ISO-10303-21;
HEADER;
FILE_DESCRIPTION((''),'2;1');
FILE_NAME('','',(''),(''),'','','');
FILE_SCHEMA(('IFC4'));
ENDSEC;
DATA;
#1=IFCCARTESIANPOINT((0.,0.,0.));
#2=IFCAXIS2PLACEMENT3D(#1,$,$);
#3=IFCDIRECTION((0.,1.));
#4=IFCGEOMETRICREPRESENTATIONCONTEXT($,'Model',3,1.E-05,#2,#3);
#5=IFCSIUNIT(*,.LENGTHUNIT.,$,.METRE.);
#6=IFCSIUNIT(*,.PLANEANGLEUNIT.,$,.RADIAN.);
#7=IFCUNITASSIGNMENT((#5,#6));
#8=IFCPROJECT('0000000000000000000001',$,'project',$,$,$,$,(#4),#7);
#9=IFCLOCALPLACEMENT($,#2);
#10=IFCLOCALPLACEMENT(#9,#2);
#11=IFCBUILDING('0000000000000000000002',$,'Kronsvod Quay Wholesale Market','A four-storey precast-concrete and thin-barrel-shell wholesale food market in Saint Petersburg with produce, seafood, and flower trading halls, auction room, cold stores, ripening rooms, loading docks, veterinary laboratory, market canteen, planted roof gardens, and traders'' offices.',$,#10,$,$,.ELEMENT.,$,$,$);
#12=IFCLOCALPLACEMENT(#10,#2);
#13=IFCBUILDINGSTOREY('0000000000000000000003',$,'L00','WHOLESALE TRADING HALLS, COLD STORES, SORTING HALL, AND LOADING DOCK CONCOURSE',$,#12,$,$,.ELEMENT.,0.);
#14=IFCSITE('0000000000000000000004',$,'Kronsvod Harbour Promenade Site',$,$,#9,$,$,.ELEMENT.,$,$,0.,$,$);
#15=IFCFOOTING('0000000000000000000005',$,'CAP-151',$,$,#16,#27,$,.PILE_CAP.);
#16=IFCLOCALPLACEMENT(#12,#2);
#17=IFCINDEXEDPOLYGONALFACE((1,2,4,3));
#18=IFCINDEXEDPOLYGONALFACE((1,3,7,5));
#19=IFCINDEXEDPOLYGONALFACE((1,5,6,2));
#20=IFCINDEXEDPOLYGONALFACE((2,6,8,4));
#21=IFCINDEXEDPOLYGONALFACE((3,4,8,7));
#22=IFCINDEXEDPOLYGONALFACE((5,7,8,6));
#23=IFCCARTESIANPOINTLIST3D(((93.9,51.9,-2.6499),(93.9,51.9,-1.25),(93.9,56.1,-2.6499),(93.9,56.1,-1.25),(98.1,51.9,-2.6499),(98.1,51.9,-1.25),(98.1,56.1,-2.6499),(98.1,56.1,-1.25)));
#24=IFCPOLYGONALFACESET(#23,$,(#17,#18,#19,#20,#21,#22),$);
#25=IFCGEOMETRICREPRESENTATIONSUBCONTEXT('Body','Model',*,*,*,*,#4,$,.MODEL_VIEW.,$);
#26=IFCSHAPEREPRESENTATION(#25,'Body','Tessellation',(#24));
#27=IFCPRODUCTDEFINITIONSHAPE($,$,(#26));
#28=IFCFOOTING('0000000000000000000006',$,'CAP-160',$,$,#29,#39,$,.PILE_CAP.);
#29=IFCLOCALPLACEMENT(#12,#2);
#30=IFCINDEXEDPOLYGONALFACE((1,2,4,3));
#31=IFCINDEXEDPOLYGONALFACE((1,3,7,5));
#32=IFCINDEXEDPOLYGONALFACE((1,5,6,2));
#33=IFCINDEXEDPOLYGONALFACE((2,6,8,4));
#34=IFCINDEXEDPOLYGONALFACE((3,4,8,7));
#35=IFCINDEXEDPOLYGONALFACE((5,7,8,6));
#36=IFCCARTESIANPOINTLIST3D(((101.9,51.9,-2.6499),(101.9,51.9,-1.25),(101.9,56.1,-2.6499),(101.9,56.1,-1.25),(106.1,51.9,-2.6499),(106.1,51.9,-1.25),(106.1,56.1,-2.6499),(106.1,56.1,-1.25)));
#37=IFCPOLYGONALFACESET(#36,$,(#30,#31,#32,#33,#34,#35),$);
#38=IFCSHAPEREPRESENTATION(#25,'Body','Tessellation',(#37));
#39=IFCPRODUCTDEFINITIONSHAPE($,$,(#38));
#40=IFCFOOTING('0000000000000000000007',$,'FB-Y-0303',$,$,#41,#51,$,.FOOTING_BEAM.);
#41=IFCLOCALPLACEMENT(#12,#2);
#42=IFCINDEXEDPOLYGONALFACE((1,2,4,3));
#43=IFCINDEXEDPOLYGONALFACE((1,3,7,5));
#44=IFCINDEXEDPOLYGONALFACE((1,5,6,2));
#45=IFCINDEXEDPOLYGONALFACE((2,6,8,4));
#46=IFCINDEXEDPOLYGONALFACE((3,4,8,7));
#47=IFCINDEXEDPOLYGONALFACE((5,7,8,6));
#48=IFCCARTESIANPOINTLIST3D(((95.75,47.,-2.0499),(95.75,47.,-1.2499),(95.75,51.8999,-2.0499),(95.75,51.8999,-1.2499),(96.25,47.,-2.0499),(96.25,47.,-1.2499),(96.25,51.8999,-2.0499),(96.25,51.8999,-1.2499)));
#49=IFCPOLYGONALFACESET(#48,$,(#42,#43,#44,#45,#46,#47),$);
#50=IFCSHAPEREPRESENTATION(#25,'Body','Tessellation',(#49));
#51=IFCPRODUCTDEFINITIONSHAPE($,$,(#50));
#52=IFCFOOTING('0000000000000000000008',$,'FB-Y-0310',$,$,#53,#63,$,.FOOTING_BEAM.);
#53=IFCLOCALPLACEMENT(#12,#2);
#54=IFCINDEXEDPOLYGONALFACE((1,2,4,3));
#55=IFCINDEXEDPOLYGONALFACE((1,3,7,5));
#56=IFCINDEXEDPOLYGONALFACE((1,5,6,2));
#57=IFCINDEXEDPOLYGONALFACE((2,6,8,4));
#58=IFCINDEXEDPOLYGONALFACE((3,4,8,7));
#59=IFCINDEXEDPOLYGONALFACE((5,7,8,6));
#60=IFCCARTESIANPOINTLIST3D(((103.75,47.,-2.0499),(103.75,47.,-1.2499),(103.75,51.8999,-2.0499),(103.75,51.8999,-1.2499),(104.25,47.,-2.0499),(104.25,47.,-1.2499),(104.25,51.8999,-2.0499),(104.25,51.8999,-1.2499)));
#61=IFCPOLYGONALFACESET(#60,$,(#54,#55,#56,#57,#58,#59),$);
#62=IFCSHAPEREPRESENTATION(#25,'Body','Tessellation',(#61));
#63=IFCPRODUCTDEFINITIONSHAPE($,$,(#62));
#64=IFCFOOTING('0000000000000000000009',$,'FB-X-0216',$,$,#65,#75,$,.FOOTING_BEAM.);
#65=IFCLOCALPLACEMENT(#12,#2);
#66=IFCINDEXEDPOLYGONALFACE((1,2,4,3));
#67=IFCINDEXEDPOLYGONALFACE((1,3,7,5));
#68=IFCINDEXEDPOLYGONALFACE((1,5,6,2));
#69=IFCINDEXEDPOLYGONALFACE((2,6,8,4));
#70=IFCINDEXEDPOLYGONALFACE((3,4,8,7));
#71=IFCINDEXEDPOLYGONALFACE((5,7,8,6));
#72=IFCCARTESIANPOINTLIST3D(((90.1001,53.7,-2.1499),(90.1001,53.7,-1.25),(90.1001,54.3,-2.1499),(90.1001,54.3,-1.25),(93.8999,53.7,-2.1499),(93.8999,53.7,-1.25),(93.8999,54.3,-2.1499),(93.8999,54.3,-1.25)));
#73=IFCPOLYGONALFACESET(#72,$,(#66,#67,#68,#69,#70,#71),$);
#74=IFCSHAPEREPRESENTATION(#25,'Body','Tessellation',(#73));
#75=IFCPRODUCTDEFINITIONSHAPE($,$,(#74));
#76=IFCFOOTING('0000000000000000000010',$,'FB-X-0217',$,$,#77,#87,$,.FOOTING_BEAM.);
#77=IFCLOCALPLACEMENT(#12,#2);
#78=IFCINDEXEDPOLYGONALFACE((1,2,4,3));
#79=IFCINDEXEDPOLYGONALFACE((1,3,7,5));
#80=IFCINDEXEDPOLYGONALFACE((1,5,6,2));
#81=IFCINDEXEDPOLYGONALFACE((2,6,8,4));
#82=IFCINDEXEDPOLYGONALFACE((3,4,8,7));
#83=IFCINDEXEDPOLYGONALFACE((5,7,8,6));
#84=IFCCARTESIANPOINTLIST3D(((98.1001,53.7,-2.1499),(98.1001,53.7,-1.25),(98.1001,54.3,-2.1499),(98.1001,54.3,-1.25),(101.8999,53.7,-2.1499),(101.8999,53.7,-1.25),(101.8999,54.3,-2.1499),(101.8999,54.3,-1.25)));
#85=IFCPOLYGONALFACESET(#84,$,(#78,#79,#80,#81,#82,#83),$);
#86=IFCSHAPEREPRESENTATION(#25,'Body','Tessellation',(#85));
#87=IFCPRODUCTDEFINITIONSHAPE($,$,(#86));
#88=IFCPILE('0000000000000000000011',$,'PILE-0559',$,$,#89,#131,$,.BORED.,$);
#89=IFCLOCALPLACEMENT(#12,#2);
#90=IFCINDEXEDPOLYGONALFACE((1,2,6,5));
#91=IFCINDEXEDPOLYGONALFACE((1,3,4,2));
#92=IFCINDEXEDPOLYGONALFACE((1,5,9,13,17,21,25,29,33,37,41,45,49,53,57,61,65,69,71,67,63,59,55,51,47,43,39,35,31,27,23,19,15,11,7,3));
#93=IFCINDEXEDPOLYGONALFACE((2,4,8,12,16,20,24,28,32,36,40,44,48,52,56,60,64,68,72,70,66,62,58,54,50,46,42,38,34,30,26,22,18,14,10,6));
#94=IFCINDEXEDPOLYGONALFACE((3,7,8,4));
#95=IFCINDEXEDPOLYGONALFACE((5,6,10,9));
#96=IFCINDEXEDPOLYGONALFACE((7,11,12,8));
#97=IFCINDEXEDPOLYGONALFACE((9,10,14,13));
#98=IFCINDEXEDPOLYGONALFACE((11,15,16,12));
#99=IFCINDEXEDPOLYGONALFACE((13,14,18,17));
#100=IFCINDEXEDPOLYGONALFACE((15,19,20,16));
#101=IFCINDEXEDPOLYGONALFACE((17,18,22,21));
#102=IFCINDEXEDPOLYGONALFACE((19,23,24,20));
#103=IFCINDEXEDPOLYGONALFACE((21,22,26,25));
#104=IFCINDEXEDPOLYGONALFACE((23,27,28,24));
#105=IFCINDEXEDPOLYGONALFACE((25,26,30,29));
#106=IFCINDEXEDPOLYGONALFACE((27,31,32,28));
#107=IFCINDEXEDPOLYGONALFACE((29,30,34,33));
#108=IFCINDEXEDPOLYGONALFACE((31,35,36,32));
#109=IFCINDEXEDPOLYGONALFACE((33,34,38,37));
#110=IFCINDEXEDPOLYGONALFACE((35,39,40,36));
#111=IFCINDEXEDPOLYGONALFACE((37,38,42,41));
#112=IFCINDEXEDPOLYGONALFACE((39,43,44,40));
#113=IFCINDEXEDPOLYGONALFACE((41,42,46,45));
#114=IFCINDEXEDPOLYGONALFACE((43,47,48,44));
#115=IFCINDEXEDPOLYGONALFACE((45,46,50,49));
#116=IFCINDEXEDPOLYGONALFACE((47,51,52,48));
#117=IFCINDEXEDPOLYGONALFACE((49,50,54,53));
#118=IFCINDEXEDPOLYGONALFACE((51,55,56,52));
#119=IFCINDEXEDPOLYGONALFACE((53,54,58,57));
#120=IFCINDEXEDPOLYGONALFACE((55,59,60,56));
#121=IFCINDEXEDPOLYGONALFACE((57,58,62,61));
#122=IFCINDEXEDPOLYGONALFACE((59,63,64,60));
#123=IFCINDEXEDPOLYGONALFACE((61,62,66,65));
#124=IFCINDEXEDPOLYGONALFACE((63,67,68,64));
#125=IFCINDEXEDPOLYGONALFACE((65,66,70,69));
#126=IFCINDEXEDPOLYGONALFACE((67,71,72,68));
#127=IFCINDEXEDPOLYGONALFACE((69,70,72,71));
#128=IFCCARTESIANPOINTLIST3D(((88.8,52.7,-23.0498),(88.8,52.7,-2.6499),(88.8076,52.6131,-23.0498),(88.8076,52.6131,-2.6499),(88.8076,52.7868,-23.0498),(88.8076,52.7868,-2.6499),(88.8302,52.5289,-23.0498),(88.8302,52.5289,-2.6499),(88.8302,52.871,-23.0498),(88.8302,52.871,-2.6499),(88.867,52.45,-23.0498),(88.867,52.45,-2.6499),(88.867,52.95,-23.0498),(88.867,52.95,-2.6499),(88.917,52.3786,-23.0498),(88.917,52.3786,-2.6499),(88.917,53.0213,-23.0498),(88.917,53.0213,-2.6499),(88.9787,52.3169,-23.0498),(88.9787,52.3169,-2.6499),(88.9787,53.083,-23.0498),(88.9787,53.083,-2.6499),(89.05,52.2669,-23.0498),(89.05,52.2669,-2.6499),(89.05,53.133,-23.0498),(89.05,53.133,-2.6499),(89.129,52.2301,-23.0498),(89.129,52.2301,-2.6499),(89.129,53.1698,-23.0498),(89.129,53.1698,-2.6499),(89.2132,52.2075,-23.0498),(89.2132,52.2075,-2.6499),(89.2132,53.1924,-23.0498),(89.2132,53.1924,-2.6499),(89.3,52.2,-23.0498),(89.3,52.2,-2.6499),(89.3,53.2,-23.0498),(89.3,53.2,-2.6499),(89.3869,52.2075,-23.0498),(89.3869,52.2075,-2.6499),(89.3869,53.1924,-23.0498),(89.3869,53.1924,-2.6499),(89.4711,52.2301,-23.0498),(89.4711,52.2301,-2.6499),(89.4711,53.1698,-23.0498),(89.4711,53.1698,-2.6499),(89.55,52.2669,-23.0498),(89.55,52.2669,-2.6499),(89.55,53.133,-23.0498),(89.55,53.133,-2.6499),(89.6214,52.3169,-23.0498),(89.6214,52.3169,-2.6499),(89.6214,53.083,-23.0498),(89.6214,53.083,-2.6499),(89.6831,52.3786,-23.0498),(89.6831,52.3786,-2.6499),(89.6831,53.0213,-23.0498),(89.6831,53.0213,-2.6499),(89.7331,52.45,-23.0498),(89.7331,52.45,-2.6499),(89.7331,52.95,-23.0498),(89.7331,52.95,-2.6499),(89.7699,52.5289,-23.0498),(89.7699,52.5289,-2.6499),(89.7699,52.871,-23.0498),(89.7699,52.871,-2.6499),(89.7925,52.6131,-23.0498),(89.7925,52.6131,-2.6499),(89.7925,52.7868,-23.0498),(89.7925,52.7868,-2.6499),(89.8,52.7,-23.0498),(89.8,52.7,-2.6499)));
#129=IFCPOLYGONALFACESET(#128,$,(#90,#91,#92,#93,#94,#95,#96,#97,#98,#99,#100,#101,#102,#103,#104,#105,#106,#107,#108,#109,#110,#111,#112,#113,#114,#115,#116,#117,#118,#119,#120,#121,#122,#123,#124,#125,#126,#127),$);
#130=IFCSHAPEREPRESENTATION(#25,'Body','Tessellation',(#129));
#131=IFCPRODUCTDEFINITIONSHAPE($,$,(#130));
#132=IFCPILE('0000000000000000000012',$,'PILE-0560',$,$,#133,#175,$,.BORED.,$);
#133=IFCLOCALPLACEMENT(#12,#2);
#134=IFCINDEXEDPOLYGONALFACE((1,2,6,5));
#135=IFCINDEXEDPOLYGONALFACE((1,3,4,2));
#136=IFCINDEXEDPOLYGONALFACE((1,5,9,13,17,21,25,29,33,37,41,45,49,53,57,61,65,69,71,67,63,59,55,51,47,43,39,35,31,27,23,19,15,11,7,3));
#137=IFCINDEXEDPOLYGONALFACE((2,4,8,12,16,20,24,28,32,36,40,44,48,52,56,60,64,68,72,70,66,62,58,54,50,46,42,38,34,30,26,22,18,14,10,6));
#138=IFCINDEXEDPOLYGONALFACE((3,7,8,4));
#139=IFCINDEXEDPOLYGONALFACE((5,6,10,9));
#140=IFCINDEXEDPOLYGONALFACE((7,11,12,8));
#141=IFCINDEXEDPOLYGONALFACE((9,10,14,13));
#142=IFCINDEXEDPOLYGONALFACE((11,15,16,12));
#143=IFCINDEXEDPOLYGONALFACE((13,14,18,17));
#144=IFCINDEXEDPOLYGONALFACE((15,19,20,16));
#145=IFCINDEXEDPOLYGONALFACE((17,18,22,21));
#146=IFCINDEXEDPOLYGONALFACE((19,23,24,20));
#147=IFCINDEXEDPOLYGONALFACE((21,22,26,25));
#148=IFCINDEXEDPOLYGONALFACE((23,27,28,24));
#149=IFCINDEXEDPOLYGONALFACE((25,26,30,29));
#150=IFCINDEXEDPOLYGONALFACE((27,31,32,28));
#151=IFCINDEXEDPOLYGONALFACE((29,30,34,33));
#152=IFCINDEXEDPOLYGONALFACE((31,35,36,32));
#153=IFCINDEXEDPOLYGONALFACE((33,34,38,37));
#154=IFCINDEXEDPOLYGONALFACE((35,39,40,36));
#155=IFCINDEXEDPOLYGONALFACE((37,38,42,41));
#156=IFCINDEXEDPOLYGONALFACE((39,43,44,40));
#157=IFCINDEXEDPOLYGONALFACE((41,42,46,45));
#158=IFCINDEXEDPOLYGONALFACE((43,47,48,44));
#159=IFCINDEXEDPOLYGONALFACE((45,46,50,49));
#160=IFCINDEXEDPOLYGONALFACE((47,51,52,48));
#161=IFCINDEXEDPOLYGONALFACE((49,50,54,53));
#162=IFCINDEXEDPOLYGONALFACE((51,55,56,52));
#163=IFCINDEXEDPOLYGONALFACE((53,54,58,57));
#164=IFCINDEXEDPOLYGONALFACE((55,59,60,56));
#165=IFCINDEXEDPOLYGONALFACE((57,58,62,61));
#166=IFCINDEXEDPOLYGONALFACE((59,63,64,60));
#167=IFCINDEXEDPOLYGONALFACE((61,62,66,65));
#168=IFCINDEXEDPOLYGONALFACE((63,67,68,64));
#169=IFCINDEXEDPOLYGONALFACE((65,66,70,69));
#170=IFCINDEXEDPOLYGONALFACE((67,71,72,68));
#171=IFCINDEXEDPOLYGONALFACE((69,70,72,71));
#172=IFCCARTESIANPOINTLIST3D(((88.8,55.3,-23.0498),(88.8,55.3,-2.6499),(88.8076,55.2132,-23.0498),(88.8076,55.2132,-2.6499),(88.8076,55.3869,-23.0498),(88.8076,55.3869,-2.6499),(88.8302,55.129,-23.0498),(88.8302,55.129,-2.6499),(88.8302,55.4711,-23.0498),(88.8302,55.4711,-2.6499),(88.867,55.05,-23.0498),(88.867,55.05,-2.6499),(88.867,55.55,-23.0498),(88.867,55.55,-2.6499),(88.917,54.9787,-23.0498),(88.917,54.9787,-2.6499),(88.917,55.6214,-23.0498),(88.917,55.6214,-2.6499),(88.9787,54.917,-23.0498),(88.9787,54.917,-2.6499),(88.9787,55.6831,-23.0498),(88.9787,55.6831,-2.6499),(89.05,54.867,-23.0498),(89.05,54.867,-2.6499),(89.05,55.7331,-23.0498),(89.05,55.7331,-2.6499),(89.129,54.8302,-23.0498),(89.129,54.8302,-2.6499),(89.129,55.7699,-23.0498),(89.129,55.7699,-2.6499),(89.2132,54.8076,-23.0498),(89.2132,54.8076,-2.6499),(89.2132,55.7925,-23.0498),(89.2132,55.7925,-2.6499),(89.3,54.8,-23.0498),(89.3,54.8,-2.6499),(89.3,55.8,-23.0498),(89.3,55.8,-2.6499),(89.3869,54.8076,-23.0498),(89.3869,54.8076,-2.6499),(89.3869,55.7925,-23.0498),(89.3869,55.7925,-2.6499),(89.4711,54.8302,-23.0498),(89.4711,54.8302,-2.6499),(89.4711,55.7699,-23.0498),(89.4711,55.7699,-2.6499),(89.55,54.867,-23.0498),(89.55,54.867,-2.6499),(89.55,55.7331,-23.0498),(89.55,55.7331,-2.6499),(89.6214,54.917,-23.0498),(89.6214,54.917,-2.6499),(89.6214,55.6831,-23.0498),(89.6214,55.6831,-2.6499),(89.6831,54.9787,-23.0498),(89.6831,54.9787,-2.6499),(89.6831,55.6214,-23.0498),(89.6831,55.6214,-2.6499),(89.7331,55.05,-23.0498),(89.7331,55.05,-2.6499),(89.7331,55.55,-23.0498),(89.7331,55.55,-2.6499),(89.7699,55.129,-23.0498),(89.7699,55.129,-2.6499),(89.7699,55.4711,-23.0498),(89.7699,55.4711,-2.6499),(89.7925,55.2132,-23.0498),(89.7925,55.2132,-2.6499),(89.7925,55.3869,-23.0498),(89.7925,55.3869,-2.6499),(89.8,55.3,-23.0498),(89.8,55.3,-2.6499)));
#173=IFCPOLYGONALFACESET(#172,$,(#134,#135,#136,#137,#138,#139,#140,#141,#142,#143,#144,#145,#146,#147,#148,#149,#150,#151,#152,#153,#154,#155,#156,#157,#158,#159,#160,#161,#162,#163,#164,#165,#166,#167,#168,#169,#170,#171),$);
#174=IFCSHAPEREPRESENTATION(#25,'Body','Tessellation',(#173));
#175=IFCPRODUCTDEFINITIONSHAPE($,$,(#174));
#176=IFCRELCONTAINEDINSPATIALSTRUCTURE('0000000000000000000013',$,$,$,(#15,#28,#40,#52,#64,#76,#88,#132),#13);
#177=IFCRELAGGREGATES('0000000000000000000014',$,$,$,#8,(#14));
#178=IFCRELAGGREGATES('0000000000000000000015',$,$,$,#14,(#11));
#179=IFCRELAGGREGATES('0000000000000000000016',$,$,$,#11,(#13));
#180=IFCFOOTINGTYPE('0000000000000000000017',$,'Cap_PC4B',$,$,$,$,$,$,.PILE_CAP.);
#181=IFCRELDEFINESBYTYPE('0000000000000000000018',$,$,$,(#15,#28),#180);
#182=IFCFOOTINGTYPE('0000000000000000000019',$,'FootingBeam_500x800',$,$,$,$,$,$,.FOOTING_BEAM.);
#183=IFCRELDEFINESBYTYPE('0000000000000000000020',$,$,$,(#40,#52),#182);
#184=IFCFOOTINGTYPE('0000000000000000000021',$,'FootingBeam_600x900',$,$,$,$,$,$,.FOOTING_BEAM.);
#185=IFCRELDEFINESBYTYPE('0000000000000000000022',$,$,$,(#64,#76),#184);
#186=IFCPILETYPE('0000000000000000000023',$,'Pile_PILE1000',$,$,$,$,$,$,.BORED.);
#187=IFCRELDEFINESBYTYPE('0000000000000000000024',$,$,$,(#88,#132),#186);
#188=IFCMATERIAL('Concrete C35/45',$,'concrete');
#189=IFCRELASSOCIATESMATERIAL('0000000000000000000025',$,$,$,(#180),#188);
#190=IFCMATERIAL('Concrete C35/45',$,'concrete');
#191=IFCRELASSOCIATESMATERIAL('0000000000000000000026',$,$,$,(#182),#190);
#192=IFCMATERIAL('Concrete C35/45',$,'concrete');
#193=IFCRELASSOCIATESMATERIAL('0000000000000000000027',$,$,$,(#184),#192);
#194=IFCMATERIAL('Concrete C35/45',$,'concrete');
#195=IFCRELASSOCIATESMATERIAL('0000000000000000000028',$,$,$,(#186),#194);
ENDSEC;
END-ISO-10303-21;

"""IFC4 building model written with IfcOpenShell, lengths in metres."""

from ifc_helpers import new_model, si_unit, direction, frame, origin, origin_2d, place, context, subcontext, project, spatial, rectangle, circle, extrude, material, material_profile, profile_set, type_object, element, save


model = new_model("IFC4")

# Units and contexts
model_context = context("Model", 3, precision=1e-05, world=origin(), true_north=direction((0.0, 1.0)))
body_context = subcontext(model_context, "Body", "Model", "MODEL_VIEW")
ifc_project = project(units=[si_unit("LENGTHUNIT", "METRE"), si_unit("PLANEANGLEUNIT", "RADIAN")], contexts=[model_context])

# Site, building, storey
site_placement = place(None, origin())
site = spatial("IfcSite", under=ifc_project, at=site_placement, Name="Kronsvod Harbour Promenade Site", CompositionType="ELEMENT", RefElevation=0.0)
building_placement = place(site_placement, origin())
building = spatial("IfcBuilding", under=site, at=building_placement, Name="Kronsvod Quay Wholesale Market", Description="A four-storey precast-concrete and thin-barrel-shell wholesale food market in Saint Petersburg with produce, seafood, and flower trading halls, auction room, cold stores, ripening rooms, loading docks, veterinary laboratory, market canteen, planted roof gardens, and traders' offices.", CompositionType="ELEMENT")
storey_placement = place(building_placement, origin())
storey = spatial("IfcBuildingStorey", under=building, at=storey_placement, Name="L00", Description="WHOLESALE TRADING HALLS, COLD STORES, SORTING HALL, AND LOADING DOCK CONCOURSE", CompositionType="ELEMENT", Elevation=0.0)

# Footings
ifc_material_1 = material(Name="Concrete C35/45", Category="concrete")
footing_type_1 = type_object("IfcFootingType", Name="Cap_PC4B", PredefinedType="PILE_CAP", material=ifc_material_1)
for number, where, z_axis, x_axis, name in (
    (1, (96.0, 54.0, -2.6499), (0.0, 0.0, 1.0), (1.0, 0.0, 0.0), "CAP-151"),
    (2, (104.0, 54.0, -2.6499), (0.0, 0.0, 1.0), (1.0, 0.0, 0.0), "CAP-160"),
):
    element("IfcFooting", number, at=place(storey_placement, frame(where, z_axis=z_axis, x_axis=x_axis)), inside=storey, type_object=footing_type_1, Name=name, PredefinedType="PILE_CAP", context=body_context, shape_type="SweptSolid", body=[
        extrude(rectangle(XDim=4.2, YDim=4.2, at=origin_2d()), origin(), (0.0, 0.0, 1.0), 1.3999),
    ])
ifc_material_2 = material(Name="Concrete C35/45", Category="concrete")
ifc_material_profile_1 = material_profile(ifc_material_2, rectangle(XDim=0.5, YDim=0.8, at=origin_2d()), Name="FB-01")
ifc_profile_set_1 = profile_set([ifc_material_profile_1], Name="Concrete C35/45")
footing_type_2 = type_object("IfcFootingType", Name="FootingBeam_500x800", PredefinedType="FOOTING_BEAM", material=ifc_profile_set_1)
for number, where, z_axis, x_axis, name in (
    (3, (96.0, 47.0, -1.6499), (0.0, 1.0, 0.0), (-1.0, 0.0, 0.0), "FB-Y-0303"),
    (4, (104.0, 47.0, -1.6499), (0.0, 1.0, 0.0), (-1.0, 0.0, 0.0), "FB-Y-0310"),
):
    element("IfcFooting", number, at=place(storey_placement, frame(where, z_axis=z_axis, x_axis=x_axis)), inside=storey, type_object=footing_type_2, Name=name, PredefinedType="FOOTING_BEAM", context=body_context, shape_type="SweptSolid", body=[
        extrude(rectangle(XDim=0.5, YDim=0.8, at=origin_2d()), origin(), (0.0, 0.0, 1.0), 4.8999),
    ])
ifc_material_3 = material(Name="Concrete C35/45", Category="concrete")
ifc_material_profile_2 = material_profile(ifc_material_3, rectangle(XDim=0.6001, YDim=0.8999, at=origin_2d()), Name="FB-02")
ifc_profile_set_2 = profile_set([ifc_material_profile_2], Name="Concrete C35/45")
footing_type_3 = type_object("IfcFootingType", Name="FootingBeam_600x900", PredefinedType="FOOTING_BEAM", material=ifc_profile_set_2)
for number, where, z_axis, x_axis, name in (
    (5, (90.1001, 54.0, -1.7), (1.0, 0.0, 0.0), (0.0, 1.0, 0.0), "FB-X-0216"),
    (6, (98.1001, 54.0, -1.7), (1.0, 0.0, 0.0), (0.0, 1.0, 0.0), "FB-X-0217"),
):
    element("IfcFooting", number, at=place(storey_placement, frame(where, z_axis=z_axis, x_axis=x_axis)), inside=storey, type_object=footing_type_3, Name=name, PredefinedType="FOOTING_BEAM", context=body_context, shape_type="SweptSolid", body=[
        extrude(rectangle(XDim=0.6001, YDim=0.8999, at=origin_2d()), origin(), (0.0, 0.0, 1.0), 3.7998),
    ])

# Piles
ifc_material_4 = material(Name="Concrete C35/45", Category="concrete")
ifc_material_profile_3 = material_profile(ifc_material_4, circle(Radius=0.5, at=origin_2d()), Name="PILE1000")
ifc_profile_set_3 = profile_set([ifc_material_profile_3], Name="Concrete C35/45")
pile_type_1 = type_object("IfcPileType", Name="Pile_PILE1000", PredefinedType="BORED", material=ifc_profile_set_3)
for number, where, z_axis, x_axis, name in (
    (7, (89.3, 52.7, -2.6499), (0.0, 0.0, -1.0), (1.0, 0.0, 0.0), "PILE-0559"),
    (8, (89.3, 55.3, -2.6499), (0.0, 0.0, -1.0), (1.0, 0.0, 0.0), "PILE-0560"),
):
    element("IfcPile", number, at=place(storey_placement, frame(where, z_axis=z_axis, x_axis=x_axis)), inside=storey, type_object=pile_type_1, Name=name, PredefinedType="BORED", context=body_context, shape_type="SweptSolid", body=[
        extrude(circle(Radius=0.5, at=origin_2d()), origin(), (0.0, 0.0, 1.0), 20.3999),
    ])

save(model, "model.ifc")
